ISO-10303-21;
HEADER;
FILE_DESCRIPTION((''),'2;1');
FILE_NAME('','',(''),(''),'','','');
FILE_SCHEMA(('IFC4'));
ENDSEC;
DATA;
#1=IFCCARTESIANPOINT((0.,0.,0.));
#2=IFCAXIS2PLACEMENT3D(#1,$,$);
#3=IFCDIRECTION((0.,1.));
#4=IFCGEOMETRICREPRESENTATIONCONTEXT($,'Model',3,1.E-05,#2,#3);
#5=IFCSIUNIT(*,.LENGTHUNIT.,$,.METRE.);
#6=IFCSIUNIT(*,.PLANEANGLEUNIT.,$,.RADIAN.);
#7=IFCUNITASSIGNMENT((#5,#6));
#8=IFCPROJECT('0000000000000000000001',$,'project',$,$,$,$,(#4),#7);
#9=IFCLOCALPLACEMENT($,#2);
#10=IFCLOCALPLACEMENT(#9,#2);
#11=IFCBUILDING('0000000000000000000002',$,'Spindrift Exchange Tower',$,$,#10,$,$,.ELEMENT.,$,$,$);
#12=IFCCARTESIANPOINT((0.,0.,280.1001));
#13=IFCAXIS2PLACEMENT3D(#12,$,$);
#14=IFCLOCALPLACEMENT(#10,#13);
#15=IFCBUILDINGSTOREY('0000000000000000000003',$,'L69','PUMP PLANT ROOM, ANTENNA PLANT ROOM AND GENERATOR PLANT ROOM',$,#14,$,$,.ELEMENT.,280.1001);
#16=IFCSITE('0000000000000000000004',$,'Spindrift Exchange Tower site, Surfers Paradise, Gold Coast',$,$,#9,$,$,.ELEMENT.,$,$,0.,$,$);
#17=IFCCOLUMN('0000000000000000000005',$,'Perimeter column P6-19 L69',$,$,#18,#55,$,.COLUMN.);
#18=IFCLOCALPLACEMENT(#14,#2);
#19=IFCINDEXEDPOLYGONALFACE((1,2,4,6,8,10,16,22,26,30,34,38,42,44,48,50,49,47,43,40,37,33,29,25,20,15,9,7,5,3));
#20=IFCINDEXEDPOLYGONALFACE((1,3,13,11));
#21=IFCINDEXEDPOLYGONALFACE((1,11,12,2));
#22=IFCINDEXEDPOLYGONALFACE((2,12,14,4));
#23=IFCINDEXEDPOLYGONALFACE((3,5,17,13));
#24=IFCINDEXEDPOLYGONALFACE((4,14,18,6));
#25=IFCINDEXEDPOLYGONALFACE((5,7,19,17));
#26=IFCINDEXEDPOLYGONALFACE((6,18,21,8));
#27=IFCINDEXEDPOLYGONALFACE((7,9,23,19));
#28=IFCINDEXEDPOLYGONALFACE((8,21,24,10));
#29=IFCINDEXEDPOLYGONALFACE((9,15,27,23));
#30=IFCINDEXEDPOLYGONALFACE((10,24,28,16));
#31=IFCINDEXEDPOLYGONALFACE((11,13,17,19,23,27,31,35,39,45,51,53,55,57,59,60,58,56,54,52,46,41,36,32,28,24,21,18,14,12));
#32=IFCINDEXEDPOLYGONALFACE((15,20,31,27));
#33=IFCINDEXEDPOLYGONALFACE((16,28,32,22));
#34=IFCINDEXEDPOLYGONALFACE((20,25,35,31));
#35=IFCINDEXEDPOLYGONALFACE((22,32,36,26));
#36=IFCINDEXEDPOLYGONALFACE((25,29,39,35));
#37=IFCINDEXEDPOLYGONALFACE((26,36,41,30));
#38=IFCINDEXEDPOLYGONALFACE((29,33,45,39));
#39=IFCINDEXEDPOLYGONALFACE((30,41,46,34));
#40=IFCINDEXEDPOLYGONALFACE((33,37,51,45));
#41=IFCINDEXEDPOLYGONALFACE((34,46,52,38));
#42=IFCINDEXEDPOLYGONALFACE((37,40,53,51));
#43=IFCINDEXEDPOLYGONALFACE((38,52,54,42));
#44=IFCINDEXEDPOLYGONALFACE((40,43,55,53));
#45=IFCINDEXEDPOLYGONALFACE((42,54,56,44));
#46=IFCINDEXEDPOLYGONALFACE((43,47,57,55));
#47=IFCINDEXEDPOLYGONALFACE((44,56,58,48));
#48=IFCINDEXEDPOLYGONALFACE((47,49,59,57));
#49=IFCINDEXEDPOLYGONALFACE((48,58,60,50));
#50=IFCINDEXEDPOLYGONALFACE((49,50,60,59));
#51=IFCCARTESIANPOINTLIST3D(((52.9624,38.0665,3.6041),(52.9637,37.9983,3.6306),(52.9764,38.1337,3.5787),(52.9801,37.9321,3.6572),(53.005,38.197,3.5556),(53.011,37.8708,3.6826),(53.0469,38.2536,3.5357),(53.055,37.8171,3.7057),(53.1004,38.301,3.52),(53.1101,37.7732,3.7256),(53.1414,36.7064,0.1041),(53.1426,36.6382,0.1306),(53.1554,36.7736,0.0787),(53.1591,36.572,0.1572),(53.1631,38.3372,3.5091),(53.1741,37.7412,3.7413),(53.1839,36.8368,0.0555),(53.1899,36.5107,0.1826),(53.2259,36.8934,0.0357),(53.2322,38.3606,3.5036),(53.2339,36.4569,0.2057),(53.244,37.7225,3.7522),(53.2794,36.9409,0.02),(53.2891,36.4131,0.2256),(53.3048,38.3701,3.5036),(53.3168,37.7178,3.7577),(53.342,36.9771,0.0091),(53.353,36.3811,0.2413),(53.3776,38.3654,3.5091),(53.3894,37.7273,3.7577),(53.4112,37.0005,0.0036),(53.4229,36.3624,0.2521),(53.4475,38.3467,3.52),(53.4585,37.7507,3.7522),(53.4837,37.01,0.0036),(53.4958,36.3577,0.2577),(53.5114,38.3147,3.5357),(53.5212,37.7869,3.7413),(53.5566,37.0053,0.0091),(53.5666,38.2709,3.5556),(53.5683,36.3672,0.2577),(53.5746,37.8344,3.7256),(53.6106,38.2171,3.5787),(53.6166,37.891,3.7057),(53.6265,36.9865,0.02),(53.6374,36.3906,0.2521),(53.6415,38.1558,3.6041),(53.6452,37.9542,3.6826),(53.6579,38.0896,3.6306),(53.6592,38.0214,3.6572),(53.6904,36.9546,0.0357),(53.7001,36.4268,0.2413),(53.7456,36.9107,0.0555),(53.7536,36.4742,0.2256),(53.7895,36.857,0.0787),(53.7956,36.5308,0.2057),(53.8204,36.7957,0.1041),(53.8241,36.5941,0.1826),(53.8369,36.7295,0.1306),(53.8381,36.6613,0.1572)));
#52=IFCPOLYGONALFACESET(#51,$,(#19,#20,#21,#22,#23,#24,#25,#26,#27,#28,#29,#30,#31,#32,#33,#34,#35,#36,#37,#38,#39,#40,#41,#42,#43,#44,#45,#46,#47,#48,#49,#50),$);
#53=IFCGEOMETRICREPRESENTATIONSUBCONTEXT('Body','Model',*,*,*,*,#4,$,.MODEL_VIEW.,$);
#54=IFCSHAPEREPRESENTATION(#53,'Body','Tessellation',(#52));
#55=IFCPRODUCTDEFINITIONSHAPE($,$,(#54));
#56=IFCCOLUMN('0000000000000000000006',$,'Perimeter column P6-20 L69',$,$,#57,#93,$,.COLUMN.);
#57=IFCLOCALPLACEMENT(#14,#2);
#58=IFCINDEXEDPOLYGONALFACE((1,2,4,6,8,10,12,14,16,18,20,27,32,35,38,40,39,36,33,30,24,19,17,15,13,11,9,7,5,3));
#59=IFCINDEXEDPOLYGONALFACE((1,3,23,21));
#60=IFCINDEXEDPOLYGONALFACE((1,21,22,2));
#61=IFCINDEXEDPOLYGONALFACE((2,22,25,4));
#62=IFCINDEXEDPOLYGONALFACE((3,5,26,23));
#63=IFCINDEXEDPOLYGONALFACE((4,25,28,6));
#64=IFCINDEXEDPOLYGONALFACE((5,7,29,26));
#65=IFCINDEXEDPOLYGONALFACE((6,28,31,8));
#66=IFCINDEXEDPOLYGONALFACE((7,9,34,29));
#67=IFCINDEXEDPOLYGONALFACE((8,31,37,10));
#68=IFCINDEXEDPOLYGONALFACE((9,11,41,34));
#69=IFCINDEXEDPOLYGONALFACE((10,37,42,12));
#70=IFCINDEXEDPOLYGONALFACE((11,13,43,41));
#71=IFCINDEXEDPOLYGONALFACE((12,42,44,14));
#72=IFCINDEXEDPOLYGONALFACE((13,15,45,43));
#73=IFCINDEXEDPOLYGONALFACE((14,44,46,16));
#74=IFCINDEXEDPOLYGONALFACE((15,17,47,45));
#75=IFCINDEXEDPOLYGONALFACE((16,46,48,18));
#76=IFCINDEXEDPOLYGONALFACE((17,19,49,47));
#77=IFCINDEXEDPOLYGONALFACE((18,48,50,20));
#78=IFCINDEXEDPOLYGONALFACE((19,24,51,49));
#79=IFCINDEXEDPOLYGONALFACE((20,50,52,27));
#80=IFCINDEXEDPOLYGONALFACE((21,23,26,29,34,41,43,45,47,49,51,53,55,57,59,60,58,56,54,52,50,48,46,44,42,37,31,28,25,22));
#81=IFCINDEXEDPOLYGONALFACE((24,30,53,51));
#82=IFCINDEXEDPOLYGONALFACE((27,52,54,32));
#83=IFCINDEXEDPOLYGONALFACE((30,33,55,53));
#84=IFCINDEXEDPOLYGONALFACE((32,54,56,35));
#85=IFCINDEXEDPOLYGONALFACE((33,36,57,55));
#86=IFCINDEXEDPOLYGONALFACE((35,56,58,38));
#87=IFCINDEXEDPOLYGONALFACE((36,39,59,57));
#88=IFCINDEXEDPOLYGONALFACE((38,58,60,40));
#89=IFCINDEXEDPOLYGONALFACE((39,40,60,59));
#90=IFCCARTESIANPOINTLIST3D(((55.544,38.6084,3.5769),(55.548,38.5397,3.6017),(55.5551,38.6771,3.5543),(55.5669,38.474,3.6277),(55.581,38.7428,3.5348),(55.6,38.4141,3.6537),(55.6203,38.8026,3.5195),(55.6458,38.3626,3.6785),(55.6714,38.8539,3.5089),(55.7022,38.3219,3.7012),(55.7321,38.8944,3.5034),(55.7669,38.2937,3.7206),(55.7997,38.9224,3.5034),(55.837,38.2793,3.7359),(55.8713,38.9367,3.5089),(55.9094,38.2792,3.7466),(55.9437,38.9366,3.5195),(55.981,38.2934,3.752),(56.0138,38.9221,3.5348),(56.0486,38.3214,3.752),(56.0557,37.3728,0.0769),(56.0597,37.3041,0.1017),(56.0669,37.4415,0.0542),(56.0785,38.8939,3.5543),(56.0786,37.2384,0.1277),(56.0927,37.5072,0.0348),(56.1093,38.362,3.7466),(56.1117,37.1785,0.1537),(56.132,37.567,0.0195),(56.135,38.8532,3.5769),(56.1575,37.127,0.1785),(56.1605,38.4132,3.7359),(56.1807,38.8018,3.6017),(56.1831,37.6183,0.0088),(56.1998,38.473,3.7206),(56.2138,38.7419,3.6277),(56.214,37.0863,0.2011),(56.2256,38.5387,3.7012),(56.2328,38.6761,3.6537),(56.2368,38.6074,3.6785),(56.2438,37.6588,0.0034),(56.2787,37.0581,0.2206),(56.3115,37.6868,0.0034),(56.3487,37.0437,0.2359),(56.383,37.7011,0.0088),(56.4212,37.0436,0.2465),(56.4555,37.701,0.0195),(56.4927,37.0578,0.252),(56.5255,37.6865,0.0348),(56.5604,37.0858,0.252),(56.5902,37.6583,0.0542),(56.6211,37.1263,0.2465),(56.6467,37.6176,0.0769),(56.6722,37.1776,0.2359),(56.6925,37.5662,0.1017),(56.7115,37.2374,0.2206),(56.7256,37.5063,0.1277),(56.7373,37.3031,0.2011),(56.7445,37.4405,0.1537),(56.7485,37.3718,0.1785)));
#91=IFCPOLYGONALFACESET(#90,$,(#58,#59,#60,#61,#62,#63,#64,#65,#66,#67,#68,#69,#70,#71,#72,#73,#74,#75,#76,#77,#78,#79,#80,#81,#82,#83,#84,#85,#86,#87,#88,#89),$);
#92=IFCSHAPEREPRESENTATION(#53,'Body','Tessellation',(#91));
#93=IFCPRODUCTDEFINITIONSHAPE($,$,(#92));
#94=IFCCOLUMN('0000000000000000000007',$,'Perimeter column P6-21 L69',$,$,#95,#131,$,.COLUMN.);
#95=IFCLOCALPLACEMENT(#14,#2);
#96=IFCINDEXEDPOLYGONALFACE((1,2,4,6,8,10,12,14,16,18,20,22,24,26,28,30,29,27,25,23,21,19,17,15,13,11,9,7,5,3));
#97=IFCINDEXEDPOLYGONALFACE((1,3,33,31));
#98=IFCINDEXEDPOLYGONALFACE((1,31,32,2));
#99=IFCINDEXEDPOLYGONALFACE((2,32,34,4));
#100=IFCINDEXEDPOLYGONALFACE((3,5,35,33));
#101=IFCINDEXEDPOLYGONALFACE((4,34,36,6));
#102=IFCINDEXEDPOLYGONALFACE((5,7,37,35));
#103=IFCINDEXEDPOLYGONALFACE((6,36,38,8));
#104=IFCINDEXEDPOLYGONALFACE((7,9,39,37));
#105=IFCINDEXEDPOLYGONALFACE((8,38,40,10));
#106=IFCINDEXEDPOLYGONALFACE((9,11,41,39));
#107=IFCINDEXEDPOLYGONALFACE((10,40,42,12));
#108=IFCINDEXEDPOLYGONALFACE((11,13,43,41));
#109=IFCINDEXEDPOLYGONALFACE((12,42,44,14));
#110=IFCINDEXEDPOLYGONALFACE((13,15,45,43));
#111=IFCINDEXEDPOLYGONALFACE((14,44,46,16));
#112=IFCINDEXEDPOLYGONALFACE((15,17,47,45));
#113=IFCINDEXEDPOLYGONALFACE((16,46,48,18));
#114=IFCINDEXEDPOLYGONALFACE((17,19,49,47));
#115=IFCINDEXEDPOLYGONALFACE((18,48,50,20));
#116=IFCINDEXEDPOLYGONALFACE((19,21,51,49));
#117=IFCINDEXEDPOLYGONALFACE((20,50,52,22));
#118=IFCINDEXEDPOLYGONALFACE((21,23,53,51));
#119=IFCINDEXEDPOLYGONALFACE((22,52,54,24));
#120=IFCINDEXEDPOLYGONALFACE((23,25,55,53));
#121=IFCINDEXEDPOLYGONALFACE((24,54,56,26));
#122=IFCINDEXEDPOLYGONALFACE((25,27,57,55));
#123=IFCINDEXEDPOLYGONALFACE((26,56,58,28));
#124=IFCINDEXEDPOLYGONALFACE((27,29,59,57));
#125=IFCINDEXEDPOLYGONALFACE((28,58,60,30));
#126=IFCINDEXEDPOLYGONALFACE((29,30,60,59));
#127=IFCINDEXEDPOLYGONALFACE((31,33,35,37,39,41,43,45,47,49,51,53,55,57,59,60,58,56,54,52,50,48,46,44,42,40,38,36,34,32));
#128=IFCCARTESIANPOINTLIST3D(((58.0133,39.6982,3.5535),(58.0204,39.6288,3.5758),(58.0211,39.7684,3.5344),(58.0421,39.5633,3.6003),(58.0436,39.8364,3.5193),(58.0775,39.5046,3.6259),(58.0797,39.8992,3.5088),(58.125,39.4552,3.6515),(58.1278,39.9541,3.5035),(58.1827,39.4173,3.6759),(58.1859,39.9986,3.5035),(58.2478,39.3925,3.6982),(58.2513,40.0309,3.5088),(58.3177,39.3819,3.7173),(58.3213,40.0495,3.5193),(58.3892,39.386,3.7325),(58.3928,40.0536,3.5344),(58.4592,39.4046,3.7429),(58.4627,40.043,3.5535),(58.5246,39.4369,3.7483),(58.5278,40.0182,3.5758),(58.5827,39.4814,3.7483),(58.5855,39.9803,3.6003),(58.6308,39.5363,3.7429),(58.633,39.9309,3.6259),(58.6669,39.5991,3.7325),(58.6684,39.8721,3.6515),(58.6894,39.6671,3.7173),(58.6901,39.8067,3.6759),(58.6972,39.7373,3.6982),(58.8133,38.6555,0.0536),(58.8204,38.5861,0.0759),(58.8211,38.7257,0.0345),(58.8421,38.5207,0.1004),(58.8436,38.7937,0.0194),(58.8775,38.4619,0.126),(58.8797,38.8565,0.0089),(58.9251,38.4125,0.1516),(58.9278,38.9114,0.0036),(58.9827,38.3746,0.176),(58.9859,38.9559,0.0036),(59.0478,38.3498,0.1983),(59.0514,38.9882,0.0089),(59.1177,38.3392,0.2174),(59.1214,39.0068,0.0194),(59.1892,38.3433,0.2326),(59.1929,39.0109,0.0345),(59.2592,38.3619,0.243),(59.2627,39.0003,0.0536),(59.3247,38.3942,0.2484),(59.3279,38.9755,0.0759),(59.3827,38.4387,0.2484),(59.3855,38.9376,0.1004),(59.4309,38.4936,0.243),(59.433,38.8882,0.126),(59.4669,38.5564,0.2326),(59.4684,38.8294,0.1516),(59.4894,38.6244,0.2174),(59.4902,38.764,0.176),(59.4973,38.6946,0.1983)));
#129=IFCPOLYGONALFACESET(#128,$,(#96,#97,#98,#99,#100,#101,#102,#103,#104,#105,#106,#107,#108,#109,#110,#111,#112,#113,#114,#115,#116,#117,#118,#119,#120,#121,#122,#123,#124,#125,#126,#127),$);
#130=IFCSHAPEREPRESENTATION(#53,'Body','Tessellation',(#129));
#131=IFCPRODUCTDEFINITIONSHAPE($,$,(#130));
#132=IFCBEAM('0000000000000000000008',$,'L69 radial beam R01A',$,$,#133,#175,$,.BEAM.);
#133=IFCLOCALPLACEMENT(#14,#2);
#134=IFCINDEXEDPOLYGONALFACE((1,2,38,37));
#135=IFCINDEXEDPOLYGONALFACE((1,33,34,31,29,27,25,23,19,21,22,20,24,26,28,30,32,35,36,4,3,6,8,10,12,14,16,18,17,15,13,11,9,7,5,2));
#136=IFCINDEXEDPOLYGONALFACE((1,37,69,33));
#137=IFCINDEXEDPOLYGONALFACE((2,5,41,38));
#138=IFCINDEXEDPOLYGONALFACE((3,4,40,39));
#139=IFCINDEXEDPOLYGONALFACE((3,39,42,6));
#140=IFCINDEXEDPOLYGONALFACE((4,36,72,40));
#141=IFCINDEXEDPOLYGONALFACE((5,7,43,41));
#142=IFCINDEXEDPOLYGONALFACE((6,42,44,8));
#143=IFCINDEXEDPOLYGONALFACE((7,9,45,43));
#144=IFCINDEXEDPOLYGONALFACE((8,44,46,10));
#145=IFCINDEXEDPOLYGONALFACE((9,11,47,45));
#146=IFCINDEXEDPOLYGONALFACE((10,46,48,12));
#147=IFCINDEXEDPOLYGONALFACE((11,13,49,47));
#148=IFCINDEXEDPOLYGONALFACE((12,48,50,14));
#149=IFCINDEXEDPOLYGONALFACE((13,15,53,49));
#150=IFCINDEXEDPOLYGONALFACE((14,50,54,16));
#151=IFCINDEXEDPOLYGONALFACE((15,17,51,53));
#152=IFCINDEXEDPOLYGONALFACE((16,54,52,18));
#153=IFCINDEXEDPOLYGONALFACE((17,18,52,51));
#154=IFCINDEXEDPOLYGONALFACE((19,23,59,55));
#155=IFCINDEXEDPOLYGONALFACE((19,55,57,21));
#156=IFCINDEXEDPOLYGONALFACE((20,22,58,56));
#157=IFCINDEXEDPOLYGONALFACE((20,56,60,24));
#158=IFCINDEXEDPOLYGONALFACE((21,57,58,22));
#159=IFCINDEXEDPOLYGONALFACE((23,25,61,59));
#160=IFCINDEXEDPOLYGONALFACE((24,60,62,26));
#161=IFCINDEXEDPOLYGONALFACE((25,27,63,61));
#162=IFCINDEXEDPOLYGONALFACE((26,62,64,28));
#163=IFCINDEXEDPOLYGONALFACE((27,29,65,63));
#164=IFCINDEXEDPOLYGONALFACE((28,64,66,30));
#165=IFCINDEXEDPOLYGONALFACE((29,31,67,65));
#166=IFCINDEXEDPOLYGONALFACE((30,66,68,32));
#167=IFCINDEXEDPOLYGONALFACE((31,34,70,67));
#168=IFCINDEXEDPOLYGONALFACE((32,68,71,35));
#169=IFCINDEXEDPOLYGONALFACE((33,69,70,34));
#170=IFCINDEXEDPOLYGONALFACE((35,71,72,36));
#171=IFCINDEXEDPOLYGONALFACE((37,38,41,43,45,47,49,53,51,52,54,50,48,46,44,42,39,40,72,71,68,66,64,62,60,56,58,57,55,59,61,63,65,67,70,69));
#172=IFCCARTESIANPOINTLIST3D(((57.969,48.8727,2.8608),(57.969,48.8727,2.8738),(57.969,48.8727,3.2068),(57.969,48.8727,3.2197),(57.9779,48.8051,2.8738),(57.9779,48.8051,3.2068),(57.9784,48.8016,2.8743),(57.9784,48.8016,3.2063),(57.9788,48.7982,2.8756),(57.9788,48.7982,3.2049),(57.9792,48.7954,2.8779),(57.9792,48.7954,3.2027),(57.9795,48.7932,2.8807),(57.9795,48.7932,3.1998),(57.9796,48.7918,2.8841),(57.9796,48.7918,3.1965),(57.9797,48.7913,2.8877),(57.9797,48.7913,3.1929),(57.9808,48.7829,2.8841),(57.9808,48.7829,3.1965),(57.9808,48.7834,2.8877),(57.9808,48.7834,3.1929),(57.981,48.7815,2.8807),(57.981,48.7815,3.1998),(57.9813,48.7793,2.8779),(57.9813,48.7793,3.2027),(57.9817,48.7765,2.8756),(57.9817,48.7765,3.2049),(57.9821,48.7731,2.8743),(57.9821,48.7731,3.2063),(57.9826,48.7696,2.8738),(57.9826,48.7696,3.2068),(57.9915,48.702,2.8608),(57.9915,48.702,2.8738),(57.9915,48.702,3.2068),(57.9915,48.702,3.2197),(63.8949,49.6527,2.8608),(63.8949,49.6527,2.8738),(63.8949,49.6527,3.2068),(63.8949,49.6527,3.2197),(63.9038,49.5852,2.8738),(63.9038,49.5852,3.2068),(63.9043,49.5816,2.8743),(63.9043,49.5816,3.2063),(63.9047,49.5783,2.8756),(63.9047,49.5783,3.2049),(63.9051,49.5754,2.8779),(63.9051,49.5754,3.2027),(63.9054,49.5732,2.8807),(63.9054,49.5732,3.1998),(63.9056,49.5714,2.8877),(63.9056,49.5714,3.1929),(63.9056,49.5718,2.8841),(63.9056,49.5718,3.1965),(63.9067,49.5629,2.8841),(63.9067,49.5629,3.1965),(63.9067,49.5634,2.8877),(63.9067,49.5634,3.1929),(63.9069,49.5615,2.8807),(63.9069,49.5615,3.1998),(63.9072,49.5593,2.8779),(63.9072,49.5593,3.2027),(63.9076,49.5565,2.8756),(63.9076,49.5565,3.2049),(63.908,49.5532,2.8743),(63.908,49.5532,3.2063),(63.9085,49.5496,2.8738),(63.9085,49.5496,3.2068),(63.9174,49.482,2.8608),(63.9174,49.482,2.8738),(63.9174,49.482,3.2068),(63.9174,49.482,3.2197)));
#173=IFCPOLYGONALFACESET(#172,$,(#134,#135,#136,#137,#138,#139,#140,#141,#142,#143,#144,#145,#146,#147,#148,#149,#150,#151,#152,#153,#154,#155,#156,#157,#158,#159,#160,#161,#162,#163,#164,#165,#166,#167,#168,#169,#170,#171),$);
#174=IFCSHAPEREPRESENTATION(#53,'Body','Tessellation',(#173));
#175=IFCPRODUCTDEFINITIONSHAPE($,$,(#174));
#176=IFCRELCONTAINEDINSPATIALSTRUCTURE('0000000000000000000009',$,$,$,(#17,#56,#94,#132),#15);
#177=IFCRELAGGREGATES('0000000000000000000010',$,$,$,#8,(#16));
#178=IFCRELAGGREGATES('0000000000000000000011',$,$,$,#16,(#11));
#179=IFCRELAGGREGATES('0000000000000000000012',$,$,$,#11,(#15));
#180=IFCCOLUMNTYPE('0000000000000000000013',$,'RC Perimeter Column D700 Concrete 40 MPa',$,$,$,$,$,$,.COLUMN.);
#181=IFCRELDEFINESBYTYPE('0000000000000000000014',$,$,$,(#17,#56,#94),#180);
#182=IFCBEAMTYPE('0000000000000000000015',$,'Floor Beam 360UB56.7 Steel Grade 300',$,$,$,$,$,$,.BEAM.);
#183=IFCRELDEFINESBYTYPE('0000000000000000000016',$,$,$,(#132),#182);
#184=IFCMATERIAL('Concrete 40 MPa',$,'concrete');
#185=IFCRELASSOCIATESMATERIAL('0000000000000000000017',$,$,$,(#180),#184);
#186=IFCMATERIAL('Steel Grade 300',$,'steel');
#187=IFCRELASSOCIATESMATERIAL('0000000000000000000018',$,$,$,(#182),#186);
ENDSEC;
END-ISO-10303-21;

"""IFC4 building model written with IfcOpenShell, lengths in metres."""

from ifc_helpers import new_model, si_unit, direction, frame, origin, origin_2d, place, context, subcontext, project, spatial, circle, i_section, extrude, source, transform, mapped, material, material_profile, profile_set, type_object, element, save


model = new_model("IFC4")

# Units and contexts
model_context = context("Model", 3, precision=1e-05, world=origin(), true_north=direction((0.0, 1.0)))
body_context = subcontext(model_context, "Body", "Model", "MODEL_VIEW")
ifc_project = project(units=[si_unit("LENGTHUNIT", "METRE"), si_unit("PLANEANGLEUNIT", "RADIAN")], contexts=[model_context])

# Site, building, storey
site_placement = place(None, origin())
site = spatial("IfcSite", under=ifc_project, at=site_placement, Name="Spindrift Exchange Tower site, Surfers Paradise, Gold Coast", CompositionType="ELEMENT", RefElevation=0.0)
building_placement = place(site_placement, origin())
building = spatial("IfcBuilding", under=site, at=building_placement, Name="Spindrift Exchange Tower", CompositionType="ELEMENT")
storey_placement = place(building_placement, frame((0.0, 0.0, 280.1001)))
storey = spatial("IfcBuildingStorey", under=building, at=storey_placement, Name="L69", Description="PUMP PLANT ROOM, ANTENNA PLANT ROOM AND GENERATOR PLANT ROOM", CompositionType="ELEMENT", Elevation=280.1001)

# Columns
ifc_material_1 = material(Name="Concrete 40 MPa", Category="concrete")
ifc_material_profile_1 = material_profile(ifc_material_1, circle(Radius=0.3501, at=origin_2d()), Name="RC D700")
ifc_profile_set_1 = profile_set([ifc_material_profile_1], Name="Concrete 40 MPa")
column_type = type_object("IfcColumnType", Name="RC Perimeter Column D700 Concrete 40 MPa", PredefinedType="COLUMN", material=ifc_profile_set_1)
shared_shape_1 = source(origin(), body_context, "Body", "SweptSolid", [
    extrude(circle(Radius=0.3501, at=origin_2d()), origin(), (0.0, 0.0, 1.0), 3.7593),
])
column_1_placement = place(storey_placement, frame((53.4897, 36.6838, 0.1306), z_axis=(-0.047604, 0.361803, 0.931038), x_axis=(-0.991455, -0.13045, 0.0)))
element("IfcColumn", 1, at=column_1_placement, inside=storey, type_object=column_type, Name="Perimeter column P6-19 L69", PredefinedType="COLUMN", context=body_context, shape_type="MappedRepresentation", body=[
    mapped(shared_shape_1, transform((0.0, 0.0, 0.0), scale=1.0)),
])
shared_shape_2 = source(origin(), body_context, "Body", "SweptSolid", [
    extrude(circle(Radius=0.3501, at=origin_2d()), origin(), (0.0, 0.0, 1.0), 3.7468),
])
column_2_placement = place(storey_placement, frame((56.4021, 37.3723, 0.1277), z_axis=(-0.136575, 0.329773, 0.934129), x_axis=(-0.923901, -0.382631, 0.0)))
element("IfcColumn", 2, at=column_2_placement, inside=storey, type_object=column_type, Name="Perimeter column P6-20 L69", PredefinedType="COLUMN", context=body_context, shape_type="MappedRepresentation", body=[
    mapped(shared_shape_2, transform((0.0, 0.0, 0.0), scale=1.0)),
])
shared_shape_3 = source(origin(), body_context, "Body", "SweptSolid", [
    extrude(circle(Radius=0.3501, at=origin_2d()), origin(), (0.0, 0.0, 1.0), 3.7385),
])
column_3_placement = place(storey_placement, frame((59.1553, 38.675, 0.126), z_axis=(-0.213995, 0.278906, 0.936172), x_axis=(-0.793376, -0.608732, 0.0)))
element("IfcColumn", 3, at=column_3_placement, inside=storey, type_object=column_type, Name="Perimeter column P6-21 L69", PredefinedType="COLUMN", context=body_context, shape_type="MappedRepresentation", body=[
    mapped(shared_shape_3, transform((0.0, 0.0, 0.0), scale=1.0)),
])

# Beam
ifc_material_2 = material(Name="Steel Grade 300", Category="steel")
ifc_material_profile_2 = material_profile(ifc_material_2, i_section(OverallWidth=0.1721, OverallDepth=0.3589, WebThickness=0.0081, FlangeThickness=0.0129, FilletRadius=0.0139, at=origin_2d()), Name="360UB56.7")
ifc_profile_set_2 = profile_set([ifc_material_profile_2], Name="Steel Grade 300")
beam_type_1 = type_object("IfcBeamType", Name="Floor Beam 360UB56.7 Steel Grade 300", PredefinedType="BEAM", material=ifc_profile_set_2)
shared_shape_4 = source(origin(), body_context, "Body", "SweptSolid", [
    extrude(i_section(OverallWidth=0.1721, OverallDepth=0.3589, WebThickness=0.0081, FlangeThickness=0.0129, FilletRadius=0.0139, at=origin_2d()), origin(), (0.0, 0.0, 1.0), 5.9771),
])
beam_1_placement = place(storey_placement, frame((57.9802, 48.7874, 3.0403), z_axis=(0.991448, 0.130502, 0.0), x_axis=(-0.130502, 0.991448, 0.0)))
element("IfcBeam", 4, at=beam_1_placement, inside=storey, type_object=beam_type_1, Name="L69 radial beam R01A", PredefinedType="BEAM", context=body_context, shape_type="MappedRepresentation", body=[
    mapped(shared_shape_4, transform((0.0, 0.0, 0.0), scale=1.0)),
])

save(model, "model.ifc")
